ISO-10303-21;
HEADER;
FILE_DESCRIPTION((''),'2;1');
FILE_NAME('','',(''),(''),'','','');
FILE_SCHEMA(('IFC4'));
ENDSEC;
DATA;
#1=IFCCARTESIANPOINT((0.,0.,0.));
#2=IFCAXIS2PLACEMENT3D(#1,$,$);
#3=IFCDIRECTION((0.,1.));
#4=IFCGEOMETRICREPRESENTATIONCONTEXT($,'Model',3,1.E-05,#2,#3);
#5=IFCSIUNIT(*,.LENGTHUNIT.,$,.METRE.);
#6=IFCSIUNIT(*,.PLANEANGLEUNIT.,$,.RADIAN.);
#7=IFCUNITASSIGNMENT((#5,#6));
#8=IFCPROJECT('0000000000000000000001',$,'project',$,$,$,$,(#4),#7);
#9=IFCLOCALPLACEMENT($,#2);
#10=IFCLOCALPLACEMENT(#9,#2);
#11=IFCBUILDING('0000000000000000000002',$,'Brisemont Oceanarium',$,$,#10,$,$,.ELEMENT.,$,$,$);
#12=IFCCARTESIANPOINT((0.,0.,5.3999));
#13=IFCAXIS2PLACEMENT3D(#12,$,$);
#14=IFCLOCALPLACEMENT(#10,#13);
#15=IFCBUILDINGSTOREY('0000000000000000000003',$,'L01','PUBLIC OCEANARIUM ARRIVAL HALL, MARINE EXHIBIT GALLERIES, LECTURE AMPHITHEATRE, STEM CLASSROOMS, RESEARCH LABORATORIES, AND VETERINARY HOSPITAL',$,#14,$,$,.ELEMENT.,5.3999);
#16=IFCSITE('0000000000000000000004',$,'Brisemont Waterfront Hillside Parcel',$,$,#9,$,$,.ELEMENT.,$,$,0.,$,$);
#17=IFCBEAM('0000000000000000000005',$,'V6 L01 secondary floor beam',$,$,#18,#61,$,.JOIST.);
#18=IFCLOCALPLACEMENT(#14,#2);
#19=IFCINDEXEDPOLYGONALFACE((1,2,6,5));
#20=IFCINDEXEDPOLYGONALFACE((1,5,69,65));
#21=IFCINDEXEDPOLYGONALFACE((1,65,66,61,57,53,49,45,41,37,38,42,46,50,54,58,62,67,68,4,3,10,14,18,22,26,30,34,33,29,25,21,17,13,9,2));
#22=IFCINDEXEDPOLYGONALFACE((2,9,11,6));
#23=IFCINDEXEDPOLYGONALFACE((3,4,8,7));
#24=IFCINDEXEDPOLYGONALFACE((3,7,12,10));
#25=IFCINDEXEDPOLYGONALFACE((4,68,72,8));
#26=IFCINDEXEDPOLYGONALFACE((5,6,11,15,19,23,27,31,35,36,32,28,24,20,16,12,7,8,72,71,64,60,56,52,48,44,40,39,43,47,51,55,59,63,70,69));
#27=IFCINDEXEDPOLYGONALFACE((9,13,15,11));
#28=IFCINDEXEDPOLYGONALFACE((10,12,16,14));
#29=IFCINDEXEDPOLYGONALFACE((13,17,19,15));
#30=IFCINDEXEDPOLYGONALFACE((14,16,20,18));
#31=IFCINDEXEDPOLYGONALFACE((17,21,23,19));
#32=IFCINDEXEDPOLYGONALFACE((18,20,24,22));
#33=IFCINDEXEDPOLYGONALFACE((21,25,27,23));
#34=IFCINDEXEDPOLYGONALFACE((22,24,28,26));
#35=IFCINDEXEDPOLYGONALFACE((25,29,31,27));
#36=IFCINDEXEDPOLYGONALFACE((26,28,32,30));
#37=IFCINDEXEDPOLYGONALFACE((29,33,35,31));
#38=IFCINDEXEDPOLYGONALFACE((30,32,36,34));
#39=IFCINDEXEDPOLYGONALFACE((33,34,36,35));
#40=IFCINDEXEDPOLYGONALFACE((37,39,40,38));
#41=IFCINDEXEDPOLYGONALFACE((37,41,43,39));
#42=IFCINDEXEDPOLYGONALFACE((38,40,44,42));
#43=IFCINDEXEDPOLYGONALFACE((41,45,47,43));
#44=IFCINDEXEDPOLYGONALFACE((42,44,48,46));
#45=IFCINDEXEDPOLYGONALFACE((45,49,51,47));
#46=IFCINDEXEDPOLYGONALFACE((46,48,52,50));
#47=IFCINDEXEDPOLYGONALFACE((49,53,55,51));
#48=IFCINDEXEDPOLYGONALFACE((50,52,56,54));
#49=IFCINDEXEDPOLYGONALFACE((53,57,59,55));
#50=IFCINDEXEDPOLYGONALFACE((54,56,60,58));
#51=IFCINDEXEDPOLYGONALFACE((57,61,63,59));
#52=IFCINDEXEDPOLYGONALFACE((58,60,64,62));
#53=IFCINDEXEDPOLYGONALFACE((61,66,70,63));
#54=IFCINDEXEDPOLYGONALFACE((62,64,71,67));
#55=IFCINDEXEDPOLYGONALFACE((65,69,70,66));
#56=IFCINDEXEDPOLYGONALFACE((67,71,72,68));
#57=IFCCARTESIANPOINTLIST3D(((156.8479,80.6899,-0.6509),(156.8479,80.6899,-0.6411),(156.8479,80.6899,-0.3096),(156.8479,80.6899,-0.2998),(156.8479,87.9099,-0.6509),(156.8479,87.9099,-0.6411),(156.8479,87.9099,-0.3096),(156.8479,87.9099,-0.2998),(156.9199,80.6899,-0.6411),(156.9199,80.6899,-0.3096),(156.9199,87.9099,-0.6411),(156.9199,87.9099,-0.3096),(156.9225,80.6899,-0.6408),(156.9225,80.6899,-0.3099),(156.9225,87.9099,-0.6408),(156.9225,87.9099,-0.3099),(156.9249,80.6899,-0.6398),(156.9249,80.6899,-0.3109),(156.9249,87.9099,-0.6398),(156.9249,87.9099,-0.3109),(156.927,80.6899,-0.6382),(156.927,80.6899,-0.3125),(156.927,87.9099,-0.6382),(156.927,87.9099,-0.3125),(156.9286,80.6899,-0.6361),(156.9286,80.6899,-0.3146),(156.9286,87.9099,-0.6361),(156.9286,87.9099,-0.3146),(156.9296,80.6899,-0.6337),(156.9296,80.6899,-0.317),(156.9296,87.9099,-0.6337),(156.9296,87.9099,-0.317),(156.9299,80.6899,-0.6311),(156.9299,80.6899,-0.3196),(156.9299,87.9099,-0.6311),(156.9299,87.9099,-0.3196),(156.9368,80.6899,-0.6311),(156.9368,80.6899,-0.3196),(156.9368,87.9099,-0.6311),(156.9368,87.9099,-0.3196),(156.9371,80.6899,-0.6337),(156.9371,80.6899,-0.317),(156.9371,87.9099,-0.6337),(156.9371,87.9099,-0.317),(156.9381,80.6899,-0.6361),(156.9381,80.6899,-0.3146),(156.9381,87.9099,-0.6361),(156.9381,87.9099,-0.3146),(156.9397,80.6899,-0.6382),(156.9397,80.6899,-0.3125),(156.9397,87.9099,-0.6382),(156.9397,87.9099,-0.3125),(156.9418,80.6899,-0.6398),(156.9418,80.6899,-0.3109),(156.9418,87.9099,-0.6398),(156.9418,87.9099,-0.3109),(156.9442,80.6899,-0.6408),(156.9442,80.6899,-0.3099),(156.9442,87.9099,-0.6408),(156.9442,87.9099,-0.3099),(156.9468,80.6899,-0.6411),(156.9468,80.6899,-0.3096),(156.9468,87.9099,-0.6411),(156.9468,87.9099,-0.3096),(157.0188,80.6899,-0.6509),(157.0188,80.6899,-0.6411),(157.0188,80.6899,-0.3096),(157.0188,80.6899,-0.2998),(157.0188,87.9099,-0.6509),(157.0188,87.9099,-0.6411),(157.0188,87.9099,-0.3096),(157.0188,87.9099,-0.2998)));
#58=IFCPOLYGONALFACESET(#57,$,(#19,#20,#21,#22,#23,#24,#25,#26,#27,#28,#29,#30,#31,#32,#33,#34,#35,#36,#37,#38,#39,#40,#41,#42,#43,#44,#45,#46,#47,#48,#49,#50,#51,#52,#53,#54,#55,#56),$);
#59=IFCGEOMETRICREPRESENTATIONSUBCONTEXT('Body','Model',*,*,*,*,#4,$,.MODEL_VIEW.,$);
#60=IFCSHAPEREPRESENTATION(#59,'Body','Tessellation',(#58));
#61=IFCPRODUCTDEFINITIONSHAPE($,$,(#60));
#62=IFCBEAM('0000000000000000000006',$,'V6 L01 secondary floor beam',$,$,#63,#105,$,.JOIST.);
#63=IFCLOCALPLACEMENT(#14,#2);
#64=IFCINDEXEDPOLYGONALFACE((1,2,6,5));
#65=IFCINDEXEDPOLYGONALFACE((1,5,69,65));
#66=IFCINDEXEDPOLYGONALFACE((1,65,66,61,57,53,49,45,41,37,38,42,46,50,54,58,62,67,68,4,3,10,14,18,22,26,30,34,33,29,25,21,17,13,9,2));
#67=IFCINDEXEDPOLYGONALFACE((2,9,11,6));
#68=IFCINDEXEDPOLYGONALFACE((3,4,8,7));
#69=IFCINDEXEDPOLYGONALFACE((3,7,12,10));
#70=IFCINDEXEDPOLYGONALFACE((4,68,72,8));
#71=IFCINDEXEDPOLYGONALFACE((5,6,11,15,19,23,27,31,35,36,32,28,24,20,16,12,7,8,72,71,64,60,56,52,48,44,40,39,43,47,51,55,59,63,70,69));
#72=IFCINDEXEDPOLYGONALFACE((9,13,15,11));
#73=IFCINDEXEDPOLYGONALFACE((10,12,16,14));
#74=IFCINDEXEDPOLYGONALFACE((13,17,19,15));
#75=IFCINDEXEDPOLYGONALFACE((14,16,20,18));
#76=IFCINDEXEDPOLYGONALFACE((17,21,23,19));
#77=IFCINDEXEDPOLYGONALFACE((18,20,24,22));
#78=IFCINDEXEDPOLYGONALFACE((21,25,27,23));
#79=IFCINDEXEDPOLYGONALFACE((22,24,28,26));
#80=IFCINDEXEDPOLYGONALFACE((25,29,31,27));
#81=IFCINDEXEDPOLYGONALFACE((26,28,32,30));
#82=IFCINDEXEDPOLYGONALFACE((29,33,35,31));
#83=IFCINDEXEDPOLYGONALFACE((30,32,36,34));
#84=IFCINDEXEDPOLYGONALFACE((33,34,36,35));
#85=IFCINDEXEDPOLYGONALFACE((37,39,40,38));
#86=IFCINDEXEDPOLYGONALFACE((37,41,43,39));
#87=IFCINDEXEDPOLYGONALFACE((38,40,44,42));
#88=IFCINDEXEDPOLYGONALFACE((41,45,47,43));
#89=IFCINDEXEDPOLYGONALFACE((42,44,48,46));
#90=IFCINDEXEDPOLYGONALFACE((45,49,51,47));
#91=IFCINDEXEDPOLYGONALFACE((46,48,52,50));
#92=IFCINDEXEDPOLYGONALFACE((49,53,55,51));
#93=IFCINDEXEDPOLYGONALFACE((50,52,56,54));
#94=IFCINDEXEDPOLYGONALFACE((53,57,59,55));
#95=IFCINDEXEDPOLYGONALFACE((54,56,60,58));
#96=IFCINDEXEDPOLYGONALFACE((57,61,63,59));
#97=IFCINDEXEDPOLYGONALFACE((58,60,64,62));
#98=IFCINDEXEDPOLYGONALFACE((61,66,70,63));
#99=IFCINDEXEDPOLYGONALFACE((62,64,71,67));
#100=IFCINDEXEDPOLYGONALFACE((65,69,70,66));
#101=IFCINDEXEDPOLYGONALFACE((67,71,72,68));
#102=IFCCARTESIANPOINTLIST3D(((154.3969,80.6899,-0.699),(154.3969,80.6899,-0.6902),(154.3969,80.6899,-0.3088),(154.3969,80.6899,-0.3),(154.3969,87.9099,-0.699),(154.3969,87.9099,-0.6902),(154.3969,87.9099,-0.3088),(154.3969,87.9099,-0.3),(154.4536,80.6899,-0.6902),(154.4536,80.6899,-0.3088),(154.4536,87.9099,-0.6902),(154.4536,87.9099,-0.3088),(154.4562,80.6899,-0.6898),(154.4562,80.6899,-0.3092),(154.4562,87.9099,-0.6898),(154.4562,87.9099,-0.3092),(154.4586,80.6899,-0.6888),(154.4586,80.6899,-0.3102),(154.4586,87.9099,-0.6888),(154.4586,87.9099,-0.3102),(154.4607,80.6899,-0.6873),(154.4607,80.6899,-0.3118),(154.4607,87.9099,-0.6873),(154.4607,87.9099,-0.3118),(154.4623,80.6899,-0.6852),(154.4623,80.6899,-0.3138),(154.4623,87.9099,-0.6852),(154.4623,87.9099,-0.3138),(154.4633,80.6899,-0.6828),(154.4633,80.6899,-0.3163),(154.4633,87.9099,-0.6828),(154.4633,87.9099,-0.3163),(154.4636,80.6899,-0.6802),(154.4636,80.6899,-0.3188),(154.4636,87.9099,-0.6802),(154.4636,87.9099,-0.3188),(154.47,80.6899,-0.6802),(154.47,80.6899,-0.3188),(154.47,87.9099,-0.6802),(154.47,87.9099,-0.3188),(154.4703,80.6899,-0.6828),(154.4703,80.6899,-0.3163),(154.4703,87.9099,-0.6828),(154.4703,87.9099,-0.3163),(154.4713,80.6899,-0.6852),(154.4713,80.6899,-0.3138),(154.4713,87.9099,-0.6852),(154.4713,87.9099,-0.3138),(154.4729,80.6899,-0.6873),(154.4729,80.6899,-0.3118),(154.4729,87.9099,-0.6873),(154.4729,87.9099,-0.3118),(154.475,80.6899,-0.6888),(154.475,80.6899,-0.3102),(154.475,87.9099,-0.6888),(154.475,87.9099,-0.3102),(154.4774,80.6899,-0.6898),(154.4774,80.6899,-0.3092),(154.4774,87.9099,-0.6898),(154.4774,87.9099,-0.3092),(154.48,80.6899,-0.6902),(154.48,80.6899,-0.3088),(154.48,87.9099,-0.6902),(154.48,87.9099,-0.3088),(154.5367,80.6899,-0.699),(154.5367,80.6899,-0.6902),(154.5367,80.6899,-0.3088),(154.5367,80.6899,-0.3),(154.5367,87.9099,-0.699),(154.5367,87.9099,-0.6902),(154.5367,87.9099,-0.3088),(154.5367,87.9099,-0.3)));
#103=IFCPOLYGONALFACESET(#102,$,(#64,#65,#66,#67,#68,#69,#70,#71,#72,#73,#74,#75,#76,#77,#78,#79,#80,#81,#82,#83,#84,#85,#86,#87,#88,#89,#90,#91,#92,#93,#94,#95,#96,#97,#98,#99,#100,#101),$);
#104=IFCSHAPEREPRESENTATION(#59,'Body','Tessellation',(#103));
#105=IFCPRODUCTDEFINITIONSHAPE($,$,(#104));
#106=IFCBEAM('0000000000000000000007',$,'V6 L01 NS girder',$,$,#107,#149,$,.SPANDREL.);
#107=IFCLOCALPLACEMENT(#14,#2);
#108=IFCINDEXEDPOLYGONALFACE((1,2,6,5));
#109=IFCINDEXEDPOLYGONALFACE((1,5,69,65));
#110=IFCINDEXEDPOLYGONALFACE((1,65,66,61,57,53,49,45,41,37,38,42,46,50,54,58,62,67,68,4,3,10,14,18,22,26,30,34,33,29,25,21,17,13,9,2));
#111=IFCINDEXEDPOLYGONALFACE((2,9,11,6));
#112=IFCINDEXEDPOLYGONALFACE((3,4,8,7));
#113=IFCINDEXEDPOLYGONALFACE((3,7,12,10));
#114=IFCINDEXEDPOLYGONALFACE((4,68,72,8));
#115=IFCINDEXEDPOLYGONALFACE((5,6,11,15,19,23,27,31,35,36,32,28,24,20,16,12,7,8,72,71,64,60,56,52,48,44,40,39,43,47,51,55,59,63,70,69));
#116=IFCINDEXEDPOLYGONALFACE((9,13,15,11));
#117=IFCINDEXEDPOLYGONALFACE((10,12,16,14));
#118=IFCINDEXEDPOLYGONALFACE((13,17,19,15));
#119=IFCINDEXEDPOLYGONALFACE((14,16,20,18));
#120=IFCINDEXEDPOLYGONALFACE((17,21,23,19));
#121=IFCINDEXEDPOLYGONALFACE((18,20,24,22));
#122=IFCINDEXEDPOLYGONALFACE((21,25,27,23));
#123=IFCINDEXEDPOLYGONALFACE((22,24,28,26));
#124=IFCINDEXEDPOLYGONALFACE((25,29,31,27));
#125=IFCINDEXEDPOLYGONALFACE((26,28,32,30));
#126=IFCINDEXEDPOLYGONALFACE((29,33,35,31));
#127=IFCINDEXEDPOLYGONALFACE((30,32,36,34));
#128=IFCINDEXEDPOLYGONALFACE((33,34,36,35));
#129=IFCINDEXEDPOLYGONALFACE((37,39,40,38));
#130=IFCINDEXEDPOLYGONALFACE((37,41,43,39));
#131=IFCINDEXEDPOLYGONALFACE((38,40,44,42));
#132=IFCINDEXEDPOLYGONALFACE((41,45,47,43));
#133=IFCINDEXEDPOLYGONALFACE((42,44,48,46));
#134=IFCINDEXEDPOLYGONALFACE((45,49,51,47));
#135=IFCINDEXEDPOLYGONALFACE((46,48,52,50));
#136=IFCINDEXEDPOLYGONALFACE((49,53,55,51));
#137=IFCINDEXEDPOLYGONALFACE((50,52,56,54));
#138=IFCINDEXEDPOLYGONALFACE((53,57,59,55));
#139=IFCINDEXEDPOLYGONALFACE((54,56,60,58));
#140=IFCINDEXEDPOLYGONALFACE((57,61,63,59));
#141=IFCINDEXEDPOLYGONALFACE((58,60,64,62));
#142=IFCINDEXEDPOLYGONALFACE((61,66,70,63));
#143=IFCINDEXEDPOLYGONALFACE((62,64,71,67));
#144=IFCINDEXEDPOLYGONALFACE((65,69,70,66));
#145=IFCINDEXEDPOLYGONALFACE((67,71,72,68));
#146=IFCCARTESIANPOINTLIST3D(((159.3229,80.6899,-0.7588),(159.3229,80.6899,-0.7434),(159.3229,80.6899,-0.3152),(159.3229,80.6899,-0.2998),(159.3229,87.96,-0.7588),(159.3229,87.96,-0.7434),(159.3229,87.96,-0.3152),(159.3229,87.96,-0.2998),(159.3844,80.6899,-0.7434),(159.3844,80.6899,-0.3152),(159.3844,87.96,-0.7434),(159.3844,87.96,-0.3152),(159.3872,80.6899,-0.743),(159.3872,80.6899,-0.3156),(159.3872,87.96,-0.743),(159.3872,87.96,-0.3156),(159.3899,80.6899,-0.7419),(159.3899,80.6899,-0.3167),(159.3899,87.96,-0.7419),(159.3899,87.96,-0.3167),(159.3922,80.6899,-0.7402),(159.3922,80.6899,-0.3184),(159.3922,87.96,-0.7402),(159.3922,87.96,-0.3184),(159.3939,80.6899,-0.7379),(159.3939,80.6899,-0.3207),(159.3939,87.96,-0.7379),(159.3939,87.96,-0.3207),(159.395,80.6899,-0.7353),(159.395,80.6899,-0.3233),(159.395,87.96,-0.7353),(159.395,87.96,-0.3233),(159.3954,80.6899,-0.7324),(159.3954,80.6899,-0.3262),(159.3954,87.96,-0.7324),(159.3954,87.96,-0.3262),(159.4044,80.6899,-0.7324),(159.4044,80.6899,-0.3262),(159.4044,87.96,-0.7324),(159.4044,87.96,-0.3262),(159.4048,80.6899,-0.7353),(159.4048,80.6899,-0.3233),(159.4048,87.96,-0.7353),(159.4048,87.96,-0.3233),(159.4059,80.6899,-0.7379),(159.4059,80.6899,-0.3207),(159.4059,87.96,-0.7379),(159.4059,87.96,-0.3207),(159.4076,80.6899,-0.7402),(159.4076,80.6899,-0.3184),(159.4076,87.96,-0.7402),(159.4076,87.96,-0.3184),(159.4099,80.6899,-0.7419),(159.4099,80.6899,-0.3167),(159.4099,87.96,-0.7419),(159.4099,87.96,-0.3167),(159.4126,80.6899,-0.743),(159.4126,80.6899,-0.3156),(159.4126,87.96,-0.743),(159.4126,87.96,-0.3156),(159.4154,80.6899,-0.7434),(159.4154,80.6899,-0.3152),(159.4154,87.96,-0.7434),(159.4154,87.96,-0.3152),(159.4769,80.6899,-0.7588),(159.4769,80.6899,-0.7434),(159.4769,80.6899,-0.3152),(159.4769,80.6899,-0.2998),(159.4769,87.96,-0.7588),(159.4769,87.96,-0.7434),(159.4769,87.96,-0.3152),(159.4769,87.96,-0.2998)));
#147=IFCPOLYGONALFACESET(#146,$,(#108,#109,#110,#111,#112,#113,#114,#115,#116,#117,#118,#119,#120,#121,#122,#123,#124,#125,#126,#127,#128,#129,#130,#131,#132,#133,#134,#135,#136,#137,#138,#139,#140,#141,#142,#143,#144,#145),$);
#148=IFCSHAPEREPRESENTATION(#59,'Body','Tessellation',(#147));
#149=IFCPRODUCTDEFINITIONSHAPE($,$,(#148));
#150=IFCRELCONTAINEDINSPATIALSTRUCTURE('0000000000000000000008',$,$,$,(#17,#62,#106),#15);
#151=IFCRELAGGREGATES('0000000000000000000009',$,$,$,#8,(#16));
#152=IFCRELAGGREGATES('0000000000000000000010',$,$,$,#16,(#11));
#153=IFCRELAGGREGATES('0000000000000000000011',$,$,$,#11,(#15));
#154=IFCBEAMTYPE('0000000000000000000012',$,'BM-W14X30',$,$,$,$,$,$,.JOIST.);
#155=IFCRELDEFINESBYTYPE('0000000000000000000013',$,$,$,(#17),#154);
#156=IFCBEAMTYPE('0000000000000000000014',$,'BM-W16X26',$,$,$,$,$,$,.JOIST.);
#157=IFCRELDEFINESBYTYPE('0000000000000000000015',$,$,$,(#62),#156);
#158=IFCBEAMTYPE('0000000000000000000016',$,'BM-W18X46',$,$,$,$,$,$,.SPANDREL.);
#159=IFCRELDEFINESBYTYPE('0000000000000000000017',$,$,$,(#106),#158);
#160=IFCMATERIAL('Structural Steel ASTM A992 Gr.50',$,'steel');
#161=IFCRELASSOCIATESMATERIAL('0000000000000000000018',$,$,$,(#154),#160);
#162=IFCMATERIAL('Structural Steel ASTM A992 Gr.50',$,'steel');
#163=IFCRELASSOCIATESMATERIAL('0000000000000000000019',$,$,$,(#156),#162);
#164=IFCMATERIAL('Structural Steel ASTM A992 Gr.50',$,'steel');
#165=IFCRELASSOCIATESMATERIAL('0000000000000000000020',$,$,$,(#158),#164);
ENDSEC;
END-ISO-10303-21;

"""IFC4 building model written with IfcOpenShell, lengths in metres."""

from ifc_helpers import new_model, si_unit, direction, frame, origin, origin_2d, place, context, subcontext, project, spatial, i_section, extrude, material, material_profile, profile_set, type_object, element, save


model = new_model("IFC4")

# Units and contexts
model_context = context("Model", 3, precision=1e-05, world=origin(), true_north=direction((0.0, 1.0)))
body_context = subcontext(model_context, "Body", "Model", "MODEL_VIEW")
ifc_project = project(units=[si_unit("LENGTHUNIT", "METRE"), si_unit("PLANEANGLEUNIT", "RADIAN")], contexts=[model_context])

# Site, building, storey
site_placement = place(None, origin())
site = spatial("IfcSite", under=ifc_project, at=site_placement, Name="Brisemont Waterfront Hillside Parcel", CompositionType="ELEMENT", RefElevation=0.0)
building_placement = place(site_placement, origin())
building = spatial("IfcBuilding", under=site, at=building_placement, Name="Brisemont Oceanarium", CompositionType="ELEMENT")
storey_placement = place(building_placement, frame((0.0, 0.0, 5.3999)))
storey = spatial("IfcBuildingStorey", under=building, at=storey_placement, Name="L01", Description="PUBLIC OCEANARIUM ARRIVAL HALL, MARINE EXHIBIT GALLERIES, LECTURE AMPHITHEATRE, STEM CLASSROOMS, RESEARCH LABORATORIES, AND VETERINARY HOSPITAL", CompositionType="ELEMENT", Elevation=5.3999)

# Beams
ifc_material_1 = material(Name="Structural Steel ASTM A992 Gr.50", Category="steel")
ifc_material_profile_1 = material_profile(ifc_material_1, i_section(OverallWidth=0.1709, OverallDepth=0.3511, WebThickness=0.0068, FlangeThickness=0.0098, FilletRadius=0.01, at=origin_2d()), Name="W14X30")
ifc_profile_set_1 = profile_set([ifc_material_profile_1], Name="Structural Steel ASTM A992 Gr.50")
beam_type_1 = type_object("IfcBeamType", Name="BM-W14X30", PredefinedType="JOIST", material=ifc_profile_set_1)
beam_1_placement = place(storey_placement, frame((156.9333, 80.6899, -0.4753), z_axis=(0.0, 1.0, 0.0), x_axis=(-1.0, 0.0, 0.0)))
element("IfcBeam", 1, at=beam_1_placement, inside=storey, type_object=beam_type_1, Name="V6 L01 secondary floor beam", PredefinedType="JOIST", context=body_context, shape_type="SweptSolid", body=[
    extrude(i_section(OverallWidth=0.1709, OverallDepth=0.3511, WebThickness=0.0068, FlangeThickness=0.0098, FilletRadius=0.01, at=origin_2d()), origin(), (0.0, 0.0, 1.0), 7.22),
])
ifc_material_2 = material(Name="Structural Steel ASTM A992 Gr.50", Category="steel")
ifc_material_profile_2 = material_profile(ifc_material_2, i_section(OverallWidth=0.1399, OverallDepth=0.3989, WebThickness=0.0063, FlangeThickness=0.0088, FilletRadius=0.01, at=origin_2d()), Name="W16X26")
ifc_profile_set_2 = profile_set([ifc_material_profile_2], Name="Structural Steel ASTM A992 Gr.50")
beam_type_2 = type_object("IfcBeamType", Name="BM-W16X26", PredefinedType="JOIST", material=ifc_profile_set_2)
beam_2_placement = place(storey_placement, frame((154.4668, 80.6899, -0.4995), z_axis=(0.0, 1.0, 0.0), x_axis=(-1.0, 0.0, 0.0)))
element("IfcBeam", 2, at=beam_2_placement, inside=storey, type_object=beam_type_2, Name="V6 L01 secondary floor beam", PredefinedType="JOIST", context=body_context, shape_type="SweptSolid", body=[
    extrude(i_section(OverallWidth=0.1399, OverallDepth=0.3989, WebThickness=0.0063, FlangeThickness=0.0088, FilletRadius=0.01, at=origin_2d()), origin(), (0.0, 0.0, 1.0), 7.22),
])
ifc_material_3 = material(Name="Structural Steel ASTM A992 Gr.50", Category="steel")
ifc_material_profile_3 = material_profile(ifc_material_3, i_section(OverallWidth=0.1541, OverallDepth=0.459, WebThickness=0.009, FlangeThickness=0.0154, FilletRadius=0.011, at=origin_2d()), Name="W18X46")
ifc_profile_set_3 = profile_set([ifc_material_profile_3], Name="Structural Steel ASTM A992 Gr.50")
beam_type_3 = type_object("IfcBeamType", Name="BM-W18X46", PredefinedType="SPANDREL", material=ifc_profile_set_3)
beam_3_placement = place(storey_placement, frame((159.3999, 80.6899, -0.5293), z_axis=(0.0, 1.0, 0.0), x_axis=(-1.0, 0.0, 0.0)))
element("IfcBeam", 3, at=beam_3_placement, inside=storey, type_object=beam_type_3, Name="V6 L01 NS girder", PredefinedType="SPANDREL", context=body_context, shape_type="SweptSolid", body=[
    extrude(i_section(OverallWidth=0.1541, OverallDepth=0.459, WebThickness=0.009, FlangeThickness=0.0154, FilletRadius=0.011, at=origin_2d()), origin(), (0.0, 0.0, 1.0), 7.27),
])

save(model, "model.ifc")
